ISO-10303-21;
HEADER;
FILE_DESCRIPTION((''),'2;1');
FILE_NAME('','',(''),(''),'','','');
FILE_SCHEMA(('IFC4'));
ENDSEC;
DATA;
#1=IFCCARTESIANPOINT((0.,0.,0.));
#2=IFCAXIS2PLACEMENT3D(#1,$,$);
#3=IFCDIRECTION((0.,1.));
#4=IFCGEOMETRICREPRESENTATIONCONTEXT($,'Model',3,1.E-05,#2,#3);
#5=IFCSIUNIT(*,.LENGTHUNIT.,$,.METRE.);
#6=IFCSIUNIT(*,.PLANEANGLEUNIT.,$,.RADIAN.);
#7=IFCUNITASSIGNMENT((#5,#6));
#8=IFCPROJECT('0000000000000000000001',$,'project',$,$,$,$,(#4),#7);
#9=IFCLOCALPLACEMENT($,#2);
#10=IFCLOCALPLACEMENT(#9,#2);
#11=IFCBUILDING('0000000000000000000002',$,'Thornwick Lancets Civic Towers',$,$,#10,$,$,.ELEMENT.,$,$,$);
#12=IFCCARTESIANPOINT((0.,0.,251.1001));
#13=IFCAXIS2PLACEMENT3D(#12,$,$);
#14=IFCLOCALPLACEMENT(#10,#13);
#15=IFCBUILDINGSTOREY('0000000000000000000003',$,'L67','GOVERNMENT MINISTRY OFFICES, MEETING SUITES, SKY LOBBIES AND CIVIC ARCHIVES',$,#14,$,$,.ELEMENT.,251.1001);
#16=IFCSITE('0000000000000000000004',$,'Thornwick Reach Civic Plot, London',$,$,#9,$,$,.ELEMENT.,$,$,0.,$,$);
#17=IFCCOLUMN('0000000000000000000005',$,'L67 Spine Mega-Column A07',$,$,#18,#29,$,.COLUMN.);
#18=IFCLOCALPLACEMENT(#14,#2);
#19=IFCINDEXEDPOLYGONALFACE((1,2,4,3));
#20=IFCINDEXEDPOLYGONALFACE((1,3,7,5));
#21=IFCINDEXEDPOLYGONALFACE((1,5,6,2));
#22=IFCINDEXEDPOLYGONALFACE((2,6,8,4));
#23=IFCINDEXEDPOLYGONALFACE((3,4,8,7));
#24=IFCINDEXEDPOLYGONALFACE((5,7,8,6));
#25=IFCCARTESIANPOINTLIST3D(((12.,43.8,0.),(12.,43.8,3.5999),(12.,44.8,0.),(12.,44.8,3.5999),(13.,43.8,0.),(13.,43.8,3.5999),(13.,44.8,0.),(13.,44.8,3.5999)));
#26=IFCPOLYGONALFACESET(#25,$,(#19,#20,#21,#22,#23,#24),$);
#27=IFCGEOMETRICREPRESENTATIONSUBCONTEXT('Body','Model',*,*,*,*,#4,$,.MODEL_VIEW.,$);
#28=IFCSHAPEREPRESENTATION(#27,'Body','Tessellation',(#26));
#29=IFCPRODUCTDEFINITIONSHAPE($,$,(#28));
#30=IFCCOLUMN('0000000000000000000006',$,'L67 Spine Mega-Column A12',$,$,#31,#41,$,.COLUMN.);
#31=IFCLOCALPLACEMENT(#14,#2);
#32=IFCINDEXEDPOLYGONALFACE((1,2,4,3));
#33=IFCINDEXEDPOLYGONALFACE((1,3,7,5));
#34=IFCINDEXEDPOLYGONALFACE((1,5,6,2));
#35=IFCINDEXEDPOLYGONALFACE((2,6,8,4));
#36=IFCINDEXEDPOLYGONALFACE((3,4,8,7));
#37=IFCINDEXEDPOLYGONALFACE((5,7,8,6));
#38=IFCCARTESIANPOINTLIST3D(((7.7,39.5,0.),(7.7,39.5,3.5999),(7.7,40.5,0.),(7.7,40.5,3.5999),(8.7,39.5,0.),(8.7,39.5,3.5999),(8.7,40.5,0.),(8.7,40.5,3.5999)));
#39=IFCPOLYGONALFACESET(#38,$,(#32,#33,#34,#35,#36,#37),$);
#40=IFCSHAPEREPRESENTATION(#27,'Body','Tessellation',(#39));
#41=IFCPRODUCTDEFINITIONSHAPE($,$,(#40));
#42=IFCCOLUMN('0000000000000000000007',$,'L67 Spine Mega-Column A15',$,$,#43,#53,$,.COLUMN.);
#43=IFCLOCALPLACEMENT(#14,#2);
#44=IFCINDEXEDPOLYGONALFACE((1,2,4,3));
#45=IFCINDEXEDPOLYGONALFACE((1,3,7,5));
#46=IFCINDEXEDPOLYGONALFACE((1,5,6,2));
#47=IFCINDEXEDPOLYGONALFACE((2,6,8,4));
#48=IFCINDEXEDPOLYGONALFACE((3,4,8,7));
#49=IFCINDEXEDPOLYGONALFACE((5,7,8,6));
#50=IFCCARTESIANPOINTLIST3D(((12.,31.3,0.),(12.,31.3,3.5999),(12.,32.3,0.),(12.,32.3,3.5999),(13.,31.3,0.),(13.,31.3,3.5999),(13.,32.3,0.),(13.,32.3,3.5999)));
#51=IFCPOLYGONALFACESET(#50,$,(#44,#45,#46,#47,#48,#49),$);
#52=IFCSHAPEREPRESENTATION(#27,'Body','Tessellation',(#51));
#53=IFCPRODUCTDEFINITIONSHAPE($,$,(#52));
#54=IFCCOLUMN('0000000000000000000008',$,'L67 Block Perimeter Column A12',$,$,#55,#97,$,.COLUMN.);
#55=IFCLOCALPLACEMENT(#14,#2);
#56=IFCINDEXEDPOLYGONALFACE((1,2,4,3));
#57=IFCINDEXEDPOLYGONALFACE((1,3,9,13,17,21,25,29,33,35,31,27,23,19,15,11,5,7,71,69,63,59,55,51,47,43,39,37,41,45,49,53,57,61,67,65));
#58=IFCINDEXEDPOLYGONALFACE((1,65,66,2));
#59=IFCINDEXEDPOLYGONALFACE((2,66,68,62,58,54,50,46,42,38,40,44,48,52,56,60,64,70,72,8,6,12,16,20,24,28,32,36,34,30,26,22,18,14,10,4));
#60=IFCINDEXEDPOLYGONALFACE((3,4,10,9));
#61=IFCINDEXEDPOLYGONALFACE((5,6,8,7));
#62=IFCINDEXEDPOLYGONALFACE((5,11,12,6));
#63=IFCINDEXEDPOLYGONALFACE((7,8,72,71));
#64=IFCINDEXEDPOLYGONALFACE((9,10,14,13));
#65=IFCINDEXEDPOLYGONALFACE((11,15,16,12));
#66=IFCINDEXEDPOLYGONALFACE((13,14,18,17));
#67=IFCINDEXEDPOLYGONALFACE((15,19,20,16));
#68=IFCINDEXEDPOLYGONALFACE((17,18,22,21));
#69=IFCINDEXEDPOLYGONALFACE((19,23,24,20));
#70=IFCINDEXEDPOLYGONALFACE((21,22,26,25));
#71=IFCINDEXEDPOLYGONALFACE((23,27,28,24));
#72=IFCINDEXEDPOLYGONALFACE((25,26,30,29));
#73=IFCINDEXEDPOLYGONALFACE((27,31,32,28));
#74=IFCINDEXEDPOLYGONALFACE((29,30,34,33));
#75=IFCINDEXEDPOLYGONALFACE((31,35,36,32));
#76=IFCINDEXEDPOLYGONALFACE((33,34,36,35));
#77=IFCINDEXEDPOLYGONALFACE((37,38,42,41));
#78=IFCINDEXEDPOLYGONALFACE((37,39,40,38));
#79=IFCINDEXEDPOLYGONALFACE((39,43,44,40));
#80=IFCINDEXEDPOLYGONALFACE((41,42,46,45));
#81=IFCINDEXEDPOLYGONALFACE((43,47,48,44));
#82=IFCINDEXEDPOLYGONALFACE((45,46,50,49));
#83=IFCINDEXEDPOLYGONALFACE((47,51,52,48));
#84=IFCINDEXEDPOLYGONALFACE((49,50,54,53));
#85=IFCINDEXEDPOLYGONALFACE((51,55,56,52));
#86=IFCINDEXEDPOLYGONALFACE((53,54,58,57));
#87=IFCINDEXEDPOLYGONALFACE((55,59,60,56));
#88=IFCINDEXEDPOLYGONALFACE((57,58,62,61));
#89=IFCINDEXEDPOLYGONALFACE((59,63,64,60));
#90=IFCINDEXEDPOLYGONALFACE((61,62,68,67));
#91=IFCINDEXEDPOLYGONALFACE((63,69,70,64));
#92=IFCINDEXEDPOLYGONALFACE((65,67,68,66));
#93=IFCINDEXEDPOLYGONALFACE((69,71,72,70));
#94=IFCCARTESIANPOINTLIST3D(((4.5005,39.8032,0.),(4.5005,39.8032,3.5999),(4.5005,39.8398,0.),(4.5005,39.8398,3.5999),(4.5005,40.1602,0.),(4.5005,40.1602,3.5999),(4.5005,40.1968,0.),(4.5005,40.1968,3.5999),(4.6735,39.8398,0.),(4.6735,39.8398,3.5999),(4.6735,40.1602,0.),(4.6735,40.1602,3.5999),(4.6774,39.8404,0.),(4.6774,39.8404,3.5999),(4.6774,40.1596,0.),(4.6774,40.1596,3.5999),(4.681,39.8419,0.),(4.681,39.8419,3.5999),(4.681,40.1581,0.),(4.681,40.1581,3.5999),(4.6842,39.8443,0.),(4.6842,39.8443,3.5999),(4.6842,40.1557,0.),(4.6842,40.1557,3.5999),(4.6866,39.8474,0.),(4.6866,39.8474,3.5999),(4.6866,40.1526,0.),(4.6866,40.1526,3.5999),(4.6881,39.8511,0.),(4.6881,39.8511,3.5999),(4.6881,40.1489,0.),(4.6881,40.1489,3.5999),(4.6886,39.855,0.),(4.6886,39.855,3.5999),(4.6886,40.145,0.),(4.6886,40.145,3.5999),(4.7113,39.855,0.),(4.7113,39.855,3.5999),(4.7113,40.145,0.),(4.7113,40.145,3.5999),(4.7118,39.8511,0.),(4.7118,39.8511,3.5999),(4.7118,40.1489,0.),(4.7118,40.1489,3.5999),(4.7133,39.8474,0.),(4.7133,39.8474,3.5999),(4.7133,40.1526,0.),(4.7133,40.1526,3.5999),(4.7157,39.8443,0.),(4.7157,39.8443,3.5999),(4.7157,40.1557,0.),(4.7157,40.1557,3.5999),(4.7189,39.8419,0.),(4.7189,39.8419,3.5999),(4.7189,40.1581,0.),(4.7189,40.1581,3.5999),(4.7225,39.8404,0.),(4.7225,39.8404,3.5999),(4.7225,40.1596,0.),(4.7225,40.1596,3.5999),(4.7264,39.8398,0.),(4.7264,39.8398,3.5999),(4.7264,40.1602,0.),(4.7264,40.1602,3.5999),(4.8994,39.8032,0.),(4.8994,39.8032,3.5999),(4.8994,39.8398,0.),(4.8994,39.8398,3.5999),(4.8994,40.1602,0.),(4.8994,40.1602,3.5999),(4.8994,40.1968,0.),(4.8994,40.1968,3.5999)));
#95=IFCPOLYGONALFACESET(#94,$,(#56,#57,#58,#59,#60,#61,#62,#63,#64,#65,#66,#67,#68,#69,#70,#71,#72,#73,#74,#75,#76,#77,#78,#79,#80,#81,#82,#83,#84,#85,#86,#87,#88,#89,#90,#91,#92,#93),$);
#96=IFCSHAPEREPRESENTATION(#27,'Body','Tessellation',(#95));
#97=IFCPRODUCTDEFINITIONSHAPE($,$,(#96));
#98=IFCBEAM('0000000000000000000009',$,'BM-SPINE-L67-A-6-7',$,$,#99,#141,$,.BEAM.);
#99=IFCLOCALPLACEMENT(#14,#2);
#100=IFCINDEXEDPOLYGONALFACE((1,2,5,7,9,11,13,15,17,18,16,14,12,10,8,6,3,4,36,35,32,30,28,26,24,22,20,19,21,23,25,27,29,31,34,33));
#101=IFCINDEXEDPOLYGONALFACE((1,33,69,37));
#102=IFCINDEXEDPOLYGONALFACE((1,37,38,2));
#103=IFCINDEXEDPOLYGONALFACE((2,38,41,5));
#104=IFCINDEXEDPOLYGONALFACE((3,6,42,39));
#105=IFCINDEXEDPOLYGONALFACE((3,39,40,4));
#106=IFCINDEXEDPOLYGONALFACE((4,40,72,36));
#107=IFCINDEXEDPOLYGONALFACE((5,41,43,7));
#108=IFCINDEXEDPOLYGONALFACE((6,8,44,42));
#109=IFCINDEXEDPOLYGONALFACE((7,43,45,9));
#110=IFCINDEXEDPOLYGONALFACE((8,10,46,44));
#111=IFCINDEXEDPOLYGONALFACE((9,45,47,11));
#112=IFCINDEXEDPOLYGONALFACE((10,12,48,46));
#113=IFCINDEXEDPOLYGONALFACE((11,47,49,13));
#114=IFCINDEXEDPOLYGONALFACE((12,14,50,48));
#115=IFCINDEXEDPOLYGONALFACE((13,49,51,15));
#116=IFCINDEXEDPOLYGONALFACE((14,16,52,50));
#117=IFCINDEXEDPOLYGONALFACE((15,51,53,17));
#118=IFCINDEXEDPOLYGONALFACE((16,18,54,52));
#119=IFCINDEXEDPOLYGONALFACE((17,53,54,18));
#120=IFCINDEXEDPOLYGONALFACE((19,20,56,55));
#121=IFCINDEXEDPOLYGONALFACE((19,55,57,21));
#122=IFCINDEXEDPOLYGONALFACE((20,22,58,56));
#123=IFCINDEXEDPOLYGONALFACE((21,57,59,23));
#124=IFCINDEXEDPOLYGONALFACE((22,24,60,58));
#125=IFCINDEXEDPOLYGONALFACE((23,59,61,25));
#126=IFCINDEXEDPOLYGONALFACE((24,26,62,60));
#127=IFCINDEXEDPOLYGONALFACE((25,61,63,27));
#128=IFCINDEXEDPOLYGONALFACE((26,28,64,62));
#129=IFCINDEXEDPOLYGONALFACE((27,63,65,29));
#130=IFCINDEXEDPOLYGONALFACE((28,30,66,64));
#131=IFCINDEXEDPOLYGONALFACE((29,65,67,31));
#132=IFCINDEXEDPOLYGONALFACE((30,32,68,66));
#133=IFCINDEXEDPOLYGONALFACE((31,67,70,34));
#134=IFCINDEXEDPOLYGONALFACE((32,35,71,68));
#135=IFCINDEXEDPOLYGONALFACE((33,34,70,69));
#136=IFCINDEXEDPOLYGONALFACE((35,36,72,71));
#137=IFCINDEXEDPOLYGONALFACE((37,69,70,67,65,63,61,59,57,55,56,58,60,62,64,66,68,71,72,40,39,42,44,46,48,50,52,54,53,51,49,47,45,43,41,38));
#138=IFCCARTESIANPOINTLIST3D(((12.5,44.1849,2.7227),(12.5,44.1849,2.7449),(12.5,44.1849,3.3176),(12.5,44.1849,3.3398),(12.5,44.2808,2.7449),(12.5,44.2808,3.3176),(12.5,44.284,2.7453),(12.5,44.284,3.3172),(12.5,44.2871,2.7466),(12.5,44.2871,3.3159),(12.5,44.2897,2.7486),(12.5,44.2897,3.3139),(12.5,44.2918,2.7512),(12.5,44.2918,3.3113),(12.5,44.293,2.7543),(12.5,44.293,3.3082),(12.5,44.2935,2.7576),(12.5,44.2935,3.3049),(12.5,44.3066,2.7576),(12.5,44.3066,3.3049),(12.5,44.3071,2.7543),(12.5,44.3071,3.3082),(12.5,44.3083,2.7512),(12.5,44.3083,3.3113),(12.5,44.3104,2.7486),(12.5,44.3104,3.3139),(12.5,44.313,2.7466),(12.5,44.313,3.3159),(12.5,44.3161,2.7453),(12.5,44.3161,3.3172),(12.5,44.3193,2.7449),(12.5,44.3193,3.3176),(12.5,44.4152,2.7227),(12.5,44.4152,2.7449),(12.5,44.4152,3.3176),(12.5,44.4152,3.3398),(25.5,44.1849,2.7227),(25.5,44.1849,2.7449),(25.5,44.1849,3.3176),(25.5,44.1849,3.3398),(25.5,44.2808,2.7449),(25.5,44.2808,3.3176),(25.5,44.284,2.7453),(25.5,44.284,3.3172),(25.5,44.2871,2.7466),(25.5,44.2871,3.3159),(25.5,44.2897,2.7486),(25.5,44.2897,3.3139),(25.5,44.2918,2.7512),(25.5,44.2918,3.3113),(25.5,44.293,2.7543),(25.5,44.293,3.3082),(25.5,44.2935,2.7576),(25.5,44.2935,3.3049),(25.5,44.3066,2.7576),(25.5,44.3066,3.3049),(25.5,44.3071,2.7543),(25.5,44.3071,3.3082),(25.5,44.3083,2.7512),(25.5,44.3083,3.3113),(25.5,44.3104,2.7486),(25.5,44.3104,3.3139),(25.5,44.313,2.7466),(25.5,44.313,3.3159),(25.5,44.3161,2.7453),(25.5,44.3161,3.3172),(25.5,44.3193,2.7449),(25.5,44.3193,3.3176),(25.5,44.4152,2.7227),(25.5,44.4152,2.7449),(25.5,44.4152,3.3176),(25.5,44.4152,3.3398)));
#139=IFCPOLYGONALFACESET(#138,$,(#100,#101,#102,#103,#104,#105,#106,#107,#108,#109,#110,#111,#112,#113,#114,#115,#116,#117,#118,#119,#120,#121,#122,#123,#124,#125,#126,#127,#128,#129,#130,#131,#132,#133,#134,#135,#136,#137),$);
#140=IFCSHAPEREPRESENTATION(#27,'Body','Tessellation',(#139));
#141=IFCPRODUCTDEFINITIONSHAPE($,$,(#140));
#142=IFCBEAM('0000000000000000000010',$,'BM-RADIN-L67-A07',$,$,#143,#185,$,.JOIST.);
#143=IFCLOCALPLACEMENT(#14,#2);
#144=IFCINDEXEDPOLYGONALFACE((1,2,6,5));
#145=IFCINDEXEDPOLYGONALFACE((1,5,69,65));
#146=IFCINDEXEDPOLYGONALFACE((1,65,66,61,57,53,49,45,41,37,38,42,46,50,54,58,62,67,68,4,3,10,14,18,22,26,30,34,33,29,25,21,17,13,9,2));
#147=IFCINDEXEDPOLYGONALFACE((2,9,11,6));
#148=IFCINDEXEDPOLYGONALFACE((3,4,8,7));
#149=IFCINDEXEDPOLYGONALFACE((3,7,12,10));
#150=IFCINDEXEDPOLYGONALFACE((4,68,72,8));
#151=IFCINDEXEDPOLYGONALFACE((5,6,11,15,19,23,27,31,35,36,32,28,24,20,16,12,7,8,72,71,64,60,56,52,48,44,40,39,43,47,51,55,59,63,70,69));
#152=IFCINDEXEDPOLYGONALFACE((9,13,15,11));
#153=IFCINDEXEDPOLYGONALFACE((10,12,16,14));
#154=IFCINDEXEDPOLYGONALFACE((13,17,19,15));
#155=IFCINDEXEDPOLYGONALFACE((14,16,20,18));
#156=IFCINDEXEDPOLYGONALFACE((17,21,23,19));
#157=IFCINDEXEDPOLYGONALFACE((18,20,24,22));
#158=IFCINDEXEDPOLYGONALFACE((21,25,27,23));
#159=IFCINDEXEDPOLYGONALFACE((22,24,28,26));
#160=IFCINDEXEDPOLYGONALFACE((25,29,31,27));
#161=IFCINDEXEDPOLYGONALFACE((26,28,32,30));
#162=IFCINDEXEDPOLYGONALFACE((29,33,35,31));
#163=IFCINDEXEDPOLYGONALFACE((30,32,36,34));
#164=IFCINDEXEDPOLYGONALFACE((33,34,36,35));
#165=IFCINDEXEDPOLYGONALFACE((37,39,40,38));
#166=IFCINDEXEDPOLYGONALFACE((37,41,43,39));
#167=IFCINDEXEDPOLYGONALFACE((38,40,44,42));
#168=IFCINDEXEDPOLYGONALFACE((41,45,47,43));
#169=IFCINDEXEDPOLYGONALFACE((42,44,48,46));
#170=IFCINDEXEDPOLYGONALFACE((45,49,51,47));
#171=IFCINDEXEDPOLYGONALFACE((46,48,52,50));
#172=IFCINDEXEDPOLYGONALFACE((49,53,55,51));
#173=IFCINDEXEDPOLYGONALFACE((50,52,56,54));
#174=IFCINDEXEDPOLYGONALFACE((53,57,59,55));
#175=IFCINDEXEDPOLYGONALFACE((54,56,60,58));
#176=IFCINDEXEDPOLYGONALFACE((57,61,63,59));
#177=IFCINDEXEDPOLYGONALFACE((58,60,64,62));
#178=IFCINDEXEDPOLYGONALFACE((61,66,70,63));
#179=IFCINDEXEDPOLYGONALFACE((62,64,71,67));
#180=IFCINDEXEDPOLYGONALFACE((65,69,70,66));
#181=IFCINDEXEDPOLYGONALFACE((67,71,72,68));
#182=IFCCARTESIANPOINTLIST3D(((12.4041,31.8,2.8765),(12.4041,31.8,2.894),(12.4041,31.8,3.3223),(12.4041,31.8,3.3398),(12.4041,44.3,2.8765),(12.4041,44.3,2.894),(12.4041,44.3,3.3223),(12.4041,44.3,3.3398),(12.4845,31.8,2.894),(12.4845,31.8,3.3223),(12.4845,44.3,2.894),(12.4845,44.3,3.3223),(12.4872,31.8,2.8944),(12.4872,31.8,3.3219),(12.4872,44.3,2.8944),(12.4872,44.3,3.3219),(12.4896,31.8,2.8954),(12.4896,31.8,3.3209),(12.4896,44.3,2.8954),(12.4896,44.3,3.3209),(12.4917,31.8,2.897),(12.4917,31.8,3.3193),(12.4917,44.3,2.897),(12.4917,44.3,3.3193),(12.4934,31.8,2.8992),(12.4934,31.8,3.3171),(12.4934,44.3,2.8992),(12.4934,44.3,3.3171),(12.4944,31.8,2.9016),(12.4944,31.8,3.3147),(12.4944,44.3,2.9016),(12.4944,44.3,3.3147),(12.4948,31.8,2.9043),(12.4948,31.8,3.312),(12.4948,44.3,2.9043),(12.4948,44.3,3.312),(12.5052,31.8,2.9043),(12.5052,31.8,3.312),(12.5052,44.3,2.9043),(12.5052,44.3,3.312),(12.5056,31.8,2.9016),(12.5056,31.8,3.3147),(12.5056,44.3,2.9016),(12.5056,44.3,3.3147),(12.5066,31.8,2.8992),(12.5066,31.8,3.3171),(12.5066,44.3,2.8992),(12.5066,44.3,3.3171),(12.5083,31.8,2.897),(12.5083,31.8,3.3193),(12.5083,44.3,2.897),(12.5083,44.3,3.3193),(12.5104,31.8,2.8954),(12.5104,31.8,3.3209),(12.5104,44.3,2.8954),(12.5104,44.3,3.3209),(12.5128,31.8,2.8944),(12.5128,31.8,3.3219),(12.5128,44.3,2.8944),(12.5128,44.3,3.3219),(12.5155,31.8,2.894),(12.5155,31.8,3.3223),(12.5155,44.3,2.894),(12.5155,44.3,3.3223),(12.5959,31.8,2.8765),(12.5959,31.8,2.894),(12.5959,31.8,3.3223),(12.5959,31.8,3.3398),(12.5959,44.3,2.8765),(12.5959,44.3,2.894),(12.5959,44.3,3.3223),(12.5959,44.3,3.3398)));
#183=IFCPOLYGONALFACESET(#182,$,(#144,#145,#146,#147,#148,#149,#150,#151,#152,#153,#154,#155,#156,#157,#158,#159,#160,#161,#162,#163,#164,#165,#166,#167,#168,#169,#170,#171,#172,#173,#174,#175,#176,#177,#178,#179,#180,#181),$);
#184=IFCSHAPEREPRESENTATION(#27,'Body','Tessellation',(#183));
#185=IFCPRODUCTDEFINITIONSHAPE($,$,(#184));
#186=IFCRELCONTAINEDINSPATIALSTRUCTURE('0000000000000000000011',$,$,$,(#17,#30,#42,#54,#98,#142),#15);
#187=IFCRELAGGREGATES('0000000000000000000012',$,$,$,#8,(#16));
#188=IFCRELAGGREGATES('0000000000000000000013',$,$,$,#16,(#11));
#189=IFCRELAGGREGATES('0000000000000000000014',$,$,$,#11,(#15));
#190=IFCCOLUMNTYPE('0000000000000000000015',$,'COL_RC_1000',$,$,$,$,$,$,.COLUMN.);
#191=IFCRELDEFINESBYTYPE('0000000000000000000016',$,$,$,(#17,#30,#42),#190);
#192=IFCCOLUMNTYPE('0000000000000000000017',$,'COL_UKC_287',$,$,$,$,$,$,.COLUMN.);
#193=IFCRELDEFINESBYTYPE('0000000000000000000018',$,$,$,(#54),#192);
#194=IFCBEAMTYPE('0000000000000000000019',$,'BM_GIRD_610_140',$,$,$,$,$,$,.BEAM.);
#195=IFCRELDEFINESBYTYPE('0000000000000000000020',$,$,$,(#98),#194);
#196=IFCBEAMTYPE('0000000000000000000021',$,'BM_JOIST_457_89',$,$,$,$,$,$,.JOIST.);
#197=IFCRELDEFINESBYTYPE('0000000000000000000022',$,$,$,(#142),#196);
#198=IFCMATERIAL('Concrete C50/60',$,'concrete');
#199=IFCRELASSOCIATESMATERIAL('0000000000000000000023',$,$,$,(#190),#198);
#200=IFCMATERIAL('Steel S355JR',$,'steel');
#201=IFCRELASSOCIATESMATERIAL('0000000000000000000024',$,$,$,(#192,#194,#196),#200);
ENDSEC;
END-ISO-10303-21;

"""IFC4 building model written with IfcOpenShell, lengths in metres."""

from ifc_helpers import new_model, si_unit, direction, frame, origin, origin_2d, place, context, subcontext, project, spatial, rectangle, i_section, extrude, material, material_profile, profile_set, type_object, element, save


model = new_model("IFC4")

# Units and contexts
model_context = context("Model", 3, precision=1e-05, world=origin(), true_north=direction((0.0, 1.0)))
body_context = subcontext(model_context, "Body", "Model", "MODEL_VIEW")
ifc_project = project(units=[si_unit("LENGTHUNIT", "METRE"), si_unit("PLANEANGLEUNIT", "RADIAN")], contexts=[model_context])

# Site, building, storey
site_placement = place(None, origin())
site = spatial("IfcSite", under=ifc_project, at=site_placement, Name="Thornwick Reach Civic Plot, London", CompositionType="ELEMENT", RefElevation=0.0)
building_placement = place(site_placement, origin())
building = spatial("IfcBuilding", under=site, at=building_placement, Name="Thornwick Lancets Civic Towers", CompositionType="ELEMENT")
storey_placement = place(building_placement, frame((0.0, 0.0, 251.1001)))
storey = spatial("IfcBuildingStorey", under=building, at=storey_placement, Name="L67", Description="GOVERNMENT MINISTRY OFFICES, MEETING SUITES, SKY LOBBIES AND CIVIC ARCHIVES", CompositionType="ELEMENT", Elevation=251.1001)

# Columns
ifc_material_1 = material(Name="Concrete C50/60", Category="concrete")
ifc_material_profile_1 = material_profile(ifc_material_1, rectangle(XDim=1.0, YDim=1.0, at=origin_2d()), Name="RC 1000x1000")
ifc_profile_set_1 = profile_set([ifc_material_profile_1], Name="Concrete C50/60")
column_type_1 = type_object("IfcColumnType", Name="COL_RC_1000", PredefinedType="COLUMN", material=ifc_profile_set_1)
for number, where, z_axis, x_axis, name in (
    (1, (12.5, 44.3, 0.0), (0.0, 0.0, 1.0), (1.0, 0.0, 0.0), "L67 Spine Mega-Column A07"),
    (2, (8.2, 40.0, 0.0), (0.0, 0.0, 1.0), (1.0, 0.0, 0.0), "L67 Spine Mega-Column A12"),
    (3, (12.5, 31.8, 0.0), (0.0, 0.0, 1.0), (1.0, 0.0, 0.0), "L67 Spine Mega-Column A15"),
):
    element("IfcColumn", number, at=place(storey_placement, frame(where, z_axis=z_axis, x_axis=x_axis)), inside=storey, type_object=column_type_1, Name=name, PredefinedType="COLUMN", context=body_context, shape_type="SweptSolid", body=[
        extrude(rectangle(XDim=1.0, YDim=1.0, at=origin_2d()), origin(), (0.0, 0.0, 1.0), 3.5999),
    ])
ifc_material_2 = material(Name="Steel S355JR", Category="steel")
ifc_material_profile_2 = material_profile(ifc_material_2, i_section(OverallWidth=0.3989, OverallDepth=0.3936, WebThickness=0.0227, FlangeThickness=0.0366, FilletRadius=0.0151, at=origin_2d()), Name="UKC 356x406x287")
ifc_profile_set_2 = profile_set([ifc_material_profile_2], Name="Steel S355JR")
column_type_2 = type_object("IfcColumnType", Name="COL_UKC_287", PredefinedType="COLUMN", material=ifc_profile_set_2)
column_placement = place(storey_placement, frame((4.7, 40.0, 0.0), z_axis=(0.0, 0.0, 1.0), x_axis=(1.0, 0.0, 0.0)))
element("IfcColumn", 4, at=column_placement, inside=storey, type_object=column_type_2, Name="L67 Block Perimeter Column A12", PredefinedType="COLUMN", context=body_context, shape_type="SweptSolid", body=[
    extrude(i_section(OverallWidth=0.3989, OverallDepth=0.3936, WebThickness=0.0227, FlangeThickness=0.0366, FilletRadius=0.0151, at=origin_2d()), origin(), (0.0, 0.0, 1.0), 3.5999),
])

# Beams
ifc_material_profile_3 = material_profile(ifc_material_2, i_section(OverallWidth=0.2302, OverallDepth=0.6172, WebThickness=0.0132, FlangeThickness=0.0222, FilletRadius=0.0127, at=origin_2d()), Name="UKB 610x229x140")
ifc_profile_set_3 = profile_set([ifc_material_profile_3], Name="Steel S355JR")
beam_type_1 = type_object("IfcBeamType", Name="BM_GIRD_610_140", PredefinedType="BEAM", material=ifc_profile_set_3)
beam_1_placement = place(storey_placement, frame((12.5, 44.3, 3.0312), z_axis=(1.0, 0.0, 0.0), x_axis=(0.0, 1.0, 0.0)))
element("IfcBeam", 5, at=beam_1_placement, inside=storey, type_object=beam_type_1, Name="BM-SPINE-L67-A-6-7", PredefinedType="BEAM", context=body_context, shape_type="SweptSolid", body=[
    extrude(i_section(OverallWidth=0.2302, OverallDepth=0.6172, WebThickness=0.0132, FlangeThickness=0.0222, FilletRadius=0.0127, at=origin_2d()), origin(), (0.0, 0.0, 1.0), 13.0),
])
ifc_material_profile_4 = material_profile(ifc_material_2, i_section(OverallWidth=0.1919, OverallDepth=0.4634, WebThickness=0.0105, FlangeThickness=0.0176, FilletRadius=0.0103, at=origin_2d()), Name="UKB 457x191x89")
ifc_profile_set_4 = profile_set([ifc_material_profile_4], Name="Steel S355JR")
beam_type_2 = type_object("IfcBeamType", Name="BM_JOIST_457_89", PredefinedType="JOIST", material=ifc_profile_set_4)
beam_2_placement = place(storey_placement, frame((12.5, 31.8, 3.1082), z_axis=(0.0, 1.0, 0.0), x_axis=(-1.0, 0.0, 0.0)))
element("IfcBeam", 6, at=beam_2_placement, inside=storey, type_object=beam_type_2, Name="BM-RADIN-L67-A07", PredefinedType="JOIST", context=body_context, shape_type="SweptSolid", body=[
    extrude(i_section(OverallWidth=0.1919, OverallDepth=0.4634, WebThickness=0.0105, FlangeThickness=0.0176, FilletRadius=0.0103, at=origin_2d()), origin(), (0.0, 0.0, 1.0), 12.5),
])

save(model, "model.ifc")
